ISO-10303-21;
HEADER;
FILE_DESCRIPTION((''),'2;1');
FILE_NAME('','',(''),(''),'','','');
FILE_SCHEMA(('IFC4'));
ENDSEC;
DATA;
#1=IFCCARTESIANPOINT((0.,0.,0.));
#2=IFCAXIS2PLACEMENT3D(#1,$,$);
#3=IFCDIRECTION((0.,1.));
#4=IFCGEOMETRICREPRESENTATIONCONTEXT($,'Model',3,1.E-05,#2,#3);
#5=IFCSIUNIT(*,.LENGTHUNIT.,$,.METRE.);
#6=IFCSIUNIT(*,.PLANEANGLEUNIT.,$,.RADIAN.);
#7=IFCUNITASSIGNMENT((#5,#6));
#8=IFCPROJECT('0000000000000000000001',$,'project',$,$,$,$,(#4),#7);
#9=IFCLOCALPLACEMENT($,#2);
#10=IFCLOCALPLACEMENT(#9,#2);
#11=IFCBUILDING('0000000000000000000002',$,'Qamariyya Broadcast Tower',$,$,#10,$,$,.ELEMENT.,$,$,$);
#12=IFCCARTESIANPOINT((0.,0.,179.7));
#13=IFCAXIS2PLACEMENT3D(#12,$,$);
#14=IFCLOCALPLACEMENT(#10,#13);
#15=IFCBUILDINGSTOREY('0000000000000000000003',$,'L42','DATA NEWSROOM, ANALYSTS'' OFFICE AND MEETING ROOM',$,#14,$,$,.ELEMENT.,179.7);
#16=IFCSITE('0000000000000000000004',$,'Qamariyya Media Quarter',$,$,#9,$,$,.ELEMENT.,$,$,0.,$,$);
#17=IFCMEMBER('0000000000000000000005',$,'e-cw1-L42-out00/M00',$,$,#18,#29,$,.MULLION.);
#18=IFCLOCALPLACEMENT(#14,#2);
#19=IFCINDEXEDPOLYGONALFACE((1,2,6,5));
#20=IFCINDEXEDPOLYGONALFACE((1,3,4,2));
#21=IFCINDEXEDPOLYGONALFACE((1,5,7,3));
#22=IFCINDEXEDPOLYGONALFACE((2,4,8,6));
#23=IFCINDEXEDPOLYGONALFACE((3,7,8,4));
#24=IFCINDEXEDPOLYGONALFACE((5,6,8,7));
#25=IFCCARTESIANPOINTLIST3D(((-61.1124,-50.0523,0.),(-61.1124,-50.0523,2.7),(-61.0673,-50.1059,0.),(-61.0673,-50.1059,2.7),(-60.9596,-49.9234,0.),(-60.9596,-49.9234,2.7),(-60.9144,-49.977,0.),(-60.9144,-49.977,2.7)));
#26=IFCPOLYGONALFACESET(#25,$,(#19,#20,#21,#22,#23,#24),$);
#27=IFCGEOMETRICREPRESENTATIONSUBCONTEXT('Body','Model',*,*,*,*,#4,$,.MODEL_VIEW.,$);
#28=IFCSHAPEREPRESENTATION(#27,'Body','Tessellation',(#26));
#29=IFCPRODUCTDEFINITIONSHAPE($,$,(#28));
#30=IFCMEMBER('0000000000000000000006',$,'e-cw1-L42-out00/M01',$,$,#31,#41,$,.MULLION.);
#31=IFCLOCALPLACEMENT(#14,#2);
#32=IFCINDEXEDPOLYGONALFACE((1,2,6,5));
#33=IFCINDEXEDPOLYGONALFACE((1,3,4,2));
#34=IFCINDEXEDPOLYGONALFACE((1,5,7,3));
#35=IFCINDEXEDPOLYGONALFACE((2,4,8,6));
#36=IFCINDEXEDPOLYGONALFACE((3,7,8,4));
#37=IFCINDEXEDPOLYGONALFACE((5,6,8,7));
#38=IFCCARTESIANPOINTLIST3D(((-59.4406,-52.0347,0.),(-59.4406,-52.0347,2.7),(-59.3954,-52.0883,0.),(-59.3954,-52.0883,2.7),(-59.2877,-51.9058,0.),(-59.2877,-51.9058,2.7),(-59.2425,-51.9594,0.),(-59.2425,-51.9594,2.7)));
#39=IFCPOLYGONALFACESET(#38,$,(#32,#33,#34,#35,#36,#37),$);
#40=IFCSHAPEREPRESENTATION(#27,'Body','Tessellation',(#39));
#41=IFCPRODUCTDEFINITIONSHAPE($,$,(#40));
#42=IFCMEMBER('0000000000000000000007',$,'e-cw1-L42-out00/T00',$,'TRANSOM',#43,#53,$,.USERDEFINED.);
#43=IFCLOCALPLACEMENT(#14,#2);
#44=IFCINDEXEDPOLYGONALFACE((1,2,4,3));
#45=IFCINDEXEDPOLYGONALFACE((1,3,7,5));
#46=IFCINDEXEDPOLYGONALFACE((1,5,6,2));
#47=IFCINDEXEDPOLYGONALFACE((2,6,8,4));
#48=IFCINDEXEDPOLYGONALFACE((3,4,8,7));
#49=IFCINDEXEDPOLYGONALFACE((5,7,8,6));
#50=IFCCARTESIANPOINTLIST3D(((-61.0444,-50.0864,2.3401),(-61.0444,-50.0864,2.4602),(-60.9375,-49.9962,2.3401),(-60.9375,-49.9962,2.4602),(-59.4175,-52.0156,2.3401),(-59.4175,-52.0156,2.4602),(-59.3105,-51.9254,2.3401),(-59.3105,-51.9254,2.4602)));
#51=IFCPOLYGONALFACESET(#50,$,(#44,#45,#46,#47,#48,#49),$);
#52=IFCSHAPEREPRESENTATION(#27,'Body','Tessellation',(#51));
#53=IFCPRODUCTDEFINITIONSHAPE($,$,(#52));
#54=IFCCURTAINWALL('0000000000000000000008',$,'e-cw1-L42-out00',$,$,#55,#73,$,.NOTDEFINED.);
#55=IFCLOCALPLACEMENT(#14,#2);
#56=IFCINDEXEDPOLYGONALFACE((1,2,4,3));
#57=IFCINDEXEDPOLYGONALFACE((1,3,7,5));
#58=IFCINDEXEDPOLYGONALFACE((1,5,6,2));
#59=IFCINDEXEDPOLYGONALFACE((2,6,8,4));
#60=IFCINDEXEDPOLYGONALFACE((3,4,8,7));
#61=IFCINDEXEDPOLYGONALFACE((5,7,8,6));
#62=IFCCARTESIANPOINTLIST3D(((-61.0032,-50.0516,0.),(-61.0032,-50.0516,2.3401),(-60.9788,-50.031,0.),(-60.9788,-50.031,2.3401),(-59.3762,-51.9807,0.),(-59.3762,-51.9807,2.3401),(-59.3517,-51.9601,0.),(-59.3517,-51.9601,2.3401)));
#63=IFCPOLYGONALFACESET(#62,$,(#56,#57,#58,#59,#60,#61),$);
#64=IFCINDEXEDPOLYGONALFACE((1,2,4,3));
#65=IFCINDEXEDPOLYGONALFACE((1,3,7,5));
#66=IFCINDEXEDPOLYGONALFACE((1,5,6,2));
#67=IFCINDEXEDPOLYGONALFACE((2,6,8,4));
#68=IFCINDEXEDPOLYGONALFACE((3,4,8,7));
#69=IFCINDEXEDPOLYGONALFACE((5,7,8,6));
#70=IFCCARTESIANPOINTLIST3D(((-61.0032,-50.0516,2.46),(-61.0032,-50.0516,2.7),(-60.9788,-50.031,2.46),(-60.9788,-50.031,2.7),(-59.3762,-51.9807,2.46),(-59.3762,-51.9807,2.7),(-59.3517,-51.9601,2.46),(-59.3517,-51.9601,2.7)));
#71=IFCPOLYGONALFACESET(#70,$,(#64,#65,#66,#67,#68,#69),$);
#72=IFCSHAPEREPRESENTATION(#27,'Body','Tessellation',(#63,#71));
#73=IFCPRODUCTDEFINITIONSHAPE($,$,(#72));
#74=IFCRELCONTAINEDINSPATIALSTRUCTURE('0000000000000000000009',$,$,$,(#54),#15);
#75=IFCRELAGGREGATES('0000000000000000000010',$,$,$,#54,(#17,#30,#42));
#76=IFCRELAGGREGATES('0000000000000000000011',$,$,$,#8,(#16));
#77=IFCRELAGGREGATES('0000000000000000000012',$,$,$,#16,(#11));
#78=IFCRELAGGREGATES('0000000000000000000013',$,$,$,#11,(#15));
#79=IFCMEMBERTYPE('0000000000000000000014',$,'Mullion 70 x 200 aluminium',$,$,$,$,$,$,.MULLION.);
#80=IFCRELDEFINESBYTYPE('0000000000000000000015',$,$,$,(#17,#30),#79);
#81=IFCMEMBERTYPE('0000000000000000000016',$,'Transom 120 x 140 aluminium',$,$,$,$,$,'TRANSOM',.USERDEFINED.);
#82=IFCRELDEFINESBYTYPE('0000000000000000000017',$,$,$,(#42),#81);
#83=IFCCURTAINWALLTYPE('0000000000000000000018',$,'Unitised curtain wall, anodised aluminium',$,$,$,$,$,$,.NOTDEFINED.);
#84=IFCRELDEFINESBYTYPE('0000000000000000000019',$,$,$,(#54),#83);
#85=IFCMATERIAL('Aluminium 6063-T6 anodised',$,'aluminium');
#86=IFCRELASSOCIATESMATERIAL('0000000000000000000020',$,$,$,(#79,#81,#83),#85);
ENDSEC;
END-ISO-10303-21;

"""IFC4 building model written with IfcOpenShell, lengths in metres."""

from ifc_helpers import new_model, si_unit, direction, frame, origin, origin_2d, place, context, subcontext, project, spatial, rectangle, extrude, material, material_profile, profile_set, type_object, element, aggregate, save


model = new_model("IFC4")

# Units and contexts
model_context = context("Model", 3, precision=1e-05, world=origin(), true_north=direction((0.0, 1.0)))
body_context = subcontext(model_context, "Body", "Model", "MODEL_VIEW")
ifc_project = project(units=[si_unit("LENGTHUNIT", "METRE"), si_unit("PLANEANGLEUNIT", "RADIAN")], contexts=[model_context])

# Members
ifc_material_1 = material(Name="Aluminium 6063-T6 anodised", Category="aluminium")
ifc_material_profile_1 = material_profile(ifc_material_1, rectangle(XDim=0.2, YDim=0.0701, at=origin_2d()))
ifc_profile_set_1 = profile_set([ifc_material_profile_1], Name="Aluminium 6063-T6 anodised")
member_type_1 = type_object("IfcMemberType", Name="Mullion 70 x 200 aluminium", PredefinedType="MULLION", material=ifc_profile_set_1)
site_placement = place(None, origin())
building_placement = place(site_placement, origin())
storey_placement = place(building_placement, frame((0.0, 0.0, 179.7)))
member_1_placement = place(storey_placement, frame((-61.0134, -50.0146, 0.0), z_axis=(0.0, 0.0, 1.0), x_axis=(0.764421, 0.644717, 0.0)))
member_1 = element("IfcMember", 1, at=member_1_placement, type_object=member_type_1, Name="e-cw1-L42-out00/M00", PredefinedType="MULLION", context=body_context, shape_type="SweptSolid", body=[
    extrude(rectangle(XDim=0.2, YDim=0.0701, at=origin_2d()), origin(), (0.0, 0.0, 1.0), 2.7),
])
member_2_placement = place(storey_placement, frame((-59.3416, -51.9971, 0.0), z_axis=(0.0, 0.0, 1.0), x_axis=(0.764421, 0.644717, 0.0)))
member_2 = element("IfcMember", 2, at=member_2_placement, type_object=member_type_1, Name="e-cw1-L42-out00/M01", PredefinedType="MULLION", context=body_context, shape_type="SweptSolid", body=[
    extrude(rectangle(XDim=0.2, YDim=0.0701, at=origin_2d()), origin(), (0.0, 0.0, 1.0), 2.7),
])
ifc_material_profile_2 = material_profile(ifc_material_1, rectangle(XDim=0.1399, YDim=0.1201, at=origin_2d()))
ifc_profile_set_2 = profile_set([ifc_material_profile_2], Name="Aluminium 6063-T6 anodised")
member_type_2 = type_object("IfcMemberType", Name="Transom 120 x 140 aluminium", ElementType="TRANSOM", PredefinedType="USERDEFINED", material=ifc_profile_set_2)
member_3_placement = place(storey_placement, frame((-60.991, -50.0413, 2.4001), z_axis=(0.644684, -0.764449, 0.0), x_axis=(0.764449, 0.644684, 0.0)))
member_3 = element("IfcMember", 3, at=member_3_placement, type_object=member_type_2, Name="e-cw1-L42-out00/T00", ObjectType="TRANSOM", PredefinedType="USERDEFINED", context=body_context, shape_type="SweptSolid", body=[
    extrude(rectangle(XDim=0.1399, YDim=0.1201, at=origin_2d()), origin(), (0.0, 0.0, 1.0), 2.5237),
])

# Site, building, storey
site = spatial("IfcSite", under=ifc_project, at=site_placement, Name="Qamariyya Media Quarter", CompositionType="ELEMENT", RefElevation=0.0)
building = spatial("IfcBuilding", under=site, at=building_placement, Name="Qamariyya Broadcast Tower", CompositionType="ELEMENT")
storey = spatial("IfcBuildingStorey", under=building, at=storey_placement, Name="L42", Description="DATA NEWSROOM, ANALYSTS' OFFICE AND MEETING ROOM", CompositionType="ELEMENT", Elevation=179.7)

# Curtain wall
curtain_wall_type = type_object("IfcCurtainWallType", Name="Unitised curtain wall, anodised aluminium", PredefinedType="NOTDEFINED", material=ifc_material_1)
curtain_wall_1_placement = place(storey_placement, origin())
curtain_wall_1 = element("IfcCurtainWall", 4, at=curtain_wall_1_placement, inside=storey, type_object=curtain_wall_type, Name="e-cw1-L42-out00", PredefinedType="NOTDEFINED", context=body_context, shape_type="SweptSolid", body=[
    extrude(rectangle(XDim=2.5237, YDim=0.032, at=origin_2d()), frame((-60.1775, -51.0059, 0.0), x_axis=(0.644717, -0.764421, 0.0)), (0.0, 0.0, 1.0), 2.3401),
    extrude(rectangle(XDim=2.5237, YDim=0.032, at=origin_2d()), frame((-60.1775, -51.0059, 2.46), x_axis=(0.644717, -0.764421, 0.0)), (0.0, 0.0, 1.0), 0.24),
])
aggregate(curtain_wall_1, [member_1, member_2, member_3])

save(model, "model.ifc")
